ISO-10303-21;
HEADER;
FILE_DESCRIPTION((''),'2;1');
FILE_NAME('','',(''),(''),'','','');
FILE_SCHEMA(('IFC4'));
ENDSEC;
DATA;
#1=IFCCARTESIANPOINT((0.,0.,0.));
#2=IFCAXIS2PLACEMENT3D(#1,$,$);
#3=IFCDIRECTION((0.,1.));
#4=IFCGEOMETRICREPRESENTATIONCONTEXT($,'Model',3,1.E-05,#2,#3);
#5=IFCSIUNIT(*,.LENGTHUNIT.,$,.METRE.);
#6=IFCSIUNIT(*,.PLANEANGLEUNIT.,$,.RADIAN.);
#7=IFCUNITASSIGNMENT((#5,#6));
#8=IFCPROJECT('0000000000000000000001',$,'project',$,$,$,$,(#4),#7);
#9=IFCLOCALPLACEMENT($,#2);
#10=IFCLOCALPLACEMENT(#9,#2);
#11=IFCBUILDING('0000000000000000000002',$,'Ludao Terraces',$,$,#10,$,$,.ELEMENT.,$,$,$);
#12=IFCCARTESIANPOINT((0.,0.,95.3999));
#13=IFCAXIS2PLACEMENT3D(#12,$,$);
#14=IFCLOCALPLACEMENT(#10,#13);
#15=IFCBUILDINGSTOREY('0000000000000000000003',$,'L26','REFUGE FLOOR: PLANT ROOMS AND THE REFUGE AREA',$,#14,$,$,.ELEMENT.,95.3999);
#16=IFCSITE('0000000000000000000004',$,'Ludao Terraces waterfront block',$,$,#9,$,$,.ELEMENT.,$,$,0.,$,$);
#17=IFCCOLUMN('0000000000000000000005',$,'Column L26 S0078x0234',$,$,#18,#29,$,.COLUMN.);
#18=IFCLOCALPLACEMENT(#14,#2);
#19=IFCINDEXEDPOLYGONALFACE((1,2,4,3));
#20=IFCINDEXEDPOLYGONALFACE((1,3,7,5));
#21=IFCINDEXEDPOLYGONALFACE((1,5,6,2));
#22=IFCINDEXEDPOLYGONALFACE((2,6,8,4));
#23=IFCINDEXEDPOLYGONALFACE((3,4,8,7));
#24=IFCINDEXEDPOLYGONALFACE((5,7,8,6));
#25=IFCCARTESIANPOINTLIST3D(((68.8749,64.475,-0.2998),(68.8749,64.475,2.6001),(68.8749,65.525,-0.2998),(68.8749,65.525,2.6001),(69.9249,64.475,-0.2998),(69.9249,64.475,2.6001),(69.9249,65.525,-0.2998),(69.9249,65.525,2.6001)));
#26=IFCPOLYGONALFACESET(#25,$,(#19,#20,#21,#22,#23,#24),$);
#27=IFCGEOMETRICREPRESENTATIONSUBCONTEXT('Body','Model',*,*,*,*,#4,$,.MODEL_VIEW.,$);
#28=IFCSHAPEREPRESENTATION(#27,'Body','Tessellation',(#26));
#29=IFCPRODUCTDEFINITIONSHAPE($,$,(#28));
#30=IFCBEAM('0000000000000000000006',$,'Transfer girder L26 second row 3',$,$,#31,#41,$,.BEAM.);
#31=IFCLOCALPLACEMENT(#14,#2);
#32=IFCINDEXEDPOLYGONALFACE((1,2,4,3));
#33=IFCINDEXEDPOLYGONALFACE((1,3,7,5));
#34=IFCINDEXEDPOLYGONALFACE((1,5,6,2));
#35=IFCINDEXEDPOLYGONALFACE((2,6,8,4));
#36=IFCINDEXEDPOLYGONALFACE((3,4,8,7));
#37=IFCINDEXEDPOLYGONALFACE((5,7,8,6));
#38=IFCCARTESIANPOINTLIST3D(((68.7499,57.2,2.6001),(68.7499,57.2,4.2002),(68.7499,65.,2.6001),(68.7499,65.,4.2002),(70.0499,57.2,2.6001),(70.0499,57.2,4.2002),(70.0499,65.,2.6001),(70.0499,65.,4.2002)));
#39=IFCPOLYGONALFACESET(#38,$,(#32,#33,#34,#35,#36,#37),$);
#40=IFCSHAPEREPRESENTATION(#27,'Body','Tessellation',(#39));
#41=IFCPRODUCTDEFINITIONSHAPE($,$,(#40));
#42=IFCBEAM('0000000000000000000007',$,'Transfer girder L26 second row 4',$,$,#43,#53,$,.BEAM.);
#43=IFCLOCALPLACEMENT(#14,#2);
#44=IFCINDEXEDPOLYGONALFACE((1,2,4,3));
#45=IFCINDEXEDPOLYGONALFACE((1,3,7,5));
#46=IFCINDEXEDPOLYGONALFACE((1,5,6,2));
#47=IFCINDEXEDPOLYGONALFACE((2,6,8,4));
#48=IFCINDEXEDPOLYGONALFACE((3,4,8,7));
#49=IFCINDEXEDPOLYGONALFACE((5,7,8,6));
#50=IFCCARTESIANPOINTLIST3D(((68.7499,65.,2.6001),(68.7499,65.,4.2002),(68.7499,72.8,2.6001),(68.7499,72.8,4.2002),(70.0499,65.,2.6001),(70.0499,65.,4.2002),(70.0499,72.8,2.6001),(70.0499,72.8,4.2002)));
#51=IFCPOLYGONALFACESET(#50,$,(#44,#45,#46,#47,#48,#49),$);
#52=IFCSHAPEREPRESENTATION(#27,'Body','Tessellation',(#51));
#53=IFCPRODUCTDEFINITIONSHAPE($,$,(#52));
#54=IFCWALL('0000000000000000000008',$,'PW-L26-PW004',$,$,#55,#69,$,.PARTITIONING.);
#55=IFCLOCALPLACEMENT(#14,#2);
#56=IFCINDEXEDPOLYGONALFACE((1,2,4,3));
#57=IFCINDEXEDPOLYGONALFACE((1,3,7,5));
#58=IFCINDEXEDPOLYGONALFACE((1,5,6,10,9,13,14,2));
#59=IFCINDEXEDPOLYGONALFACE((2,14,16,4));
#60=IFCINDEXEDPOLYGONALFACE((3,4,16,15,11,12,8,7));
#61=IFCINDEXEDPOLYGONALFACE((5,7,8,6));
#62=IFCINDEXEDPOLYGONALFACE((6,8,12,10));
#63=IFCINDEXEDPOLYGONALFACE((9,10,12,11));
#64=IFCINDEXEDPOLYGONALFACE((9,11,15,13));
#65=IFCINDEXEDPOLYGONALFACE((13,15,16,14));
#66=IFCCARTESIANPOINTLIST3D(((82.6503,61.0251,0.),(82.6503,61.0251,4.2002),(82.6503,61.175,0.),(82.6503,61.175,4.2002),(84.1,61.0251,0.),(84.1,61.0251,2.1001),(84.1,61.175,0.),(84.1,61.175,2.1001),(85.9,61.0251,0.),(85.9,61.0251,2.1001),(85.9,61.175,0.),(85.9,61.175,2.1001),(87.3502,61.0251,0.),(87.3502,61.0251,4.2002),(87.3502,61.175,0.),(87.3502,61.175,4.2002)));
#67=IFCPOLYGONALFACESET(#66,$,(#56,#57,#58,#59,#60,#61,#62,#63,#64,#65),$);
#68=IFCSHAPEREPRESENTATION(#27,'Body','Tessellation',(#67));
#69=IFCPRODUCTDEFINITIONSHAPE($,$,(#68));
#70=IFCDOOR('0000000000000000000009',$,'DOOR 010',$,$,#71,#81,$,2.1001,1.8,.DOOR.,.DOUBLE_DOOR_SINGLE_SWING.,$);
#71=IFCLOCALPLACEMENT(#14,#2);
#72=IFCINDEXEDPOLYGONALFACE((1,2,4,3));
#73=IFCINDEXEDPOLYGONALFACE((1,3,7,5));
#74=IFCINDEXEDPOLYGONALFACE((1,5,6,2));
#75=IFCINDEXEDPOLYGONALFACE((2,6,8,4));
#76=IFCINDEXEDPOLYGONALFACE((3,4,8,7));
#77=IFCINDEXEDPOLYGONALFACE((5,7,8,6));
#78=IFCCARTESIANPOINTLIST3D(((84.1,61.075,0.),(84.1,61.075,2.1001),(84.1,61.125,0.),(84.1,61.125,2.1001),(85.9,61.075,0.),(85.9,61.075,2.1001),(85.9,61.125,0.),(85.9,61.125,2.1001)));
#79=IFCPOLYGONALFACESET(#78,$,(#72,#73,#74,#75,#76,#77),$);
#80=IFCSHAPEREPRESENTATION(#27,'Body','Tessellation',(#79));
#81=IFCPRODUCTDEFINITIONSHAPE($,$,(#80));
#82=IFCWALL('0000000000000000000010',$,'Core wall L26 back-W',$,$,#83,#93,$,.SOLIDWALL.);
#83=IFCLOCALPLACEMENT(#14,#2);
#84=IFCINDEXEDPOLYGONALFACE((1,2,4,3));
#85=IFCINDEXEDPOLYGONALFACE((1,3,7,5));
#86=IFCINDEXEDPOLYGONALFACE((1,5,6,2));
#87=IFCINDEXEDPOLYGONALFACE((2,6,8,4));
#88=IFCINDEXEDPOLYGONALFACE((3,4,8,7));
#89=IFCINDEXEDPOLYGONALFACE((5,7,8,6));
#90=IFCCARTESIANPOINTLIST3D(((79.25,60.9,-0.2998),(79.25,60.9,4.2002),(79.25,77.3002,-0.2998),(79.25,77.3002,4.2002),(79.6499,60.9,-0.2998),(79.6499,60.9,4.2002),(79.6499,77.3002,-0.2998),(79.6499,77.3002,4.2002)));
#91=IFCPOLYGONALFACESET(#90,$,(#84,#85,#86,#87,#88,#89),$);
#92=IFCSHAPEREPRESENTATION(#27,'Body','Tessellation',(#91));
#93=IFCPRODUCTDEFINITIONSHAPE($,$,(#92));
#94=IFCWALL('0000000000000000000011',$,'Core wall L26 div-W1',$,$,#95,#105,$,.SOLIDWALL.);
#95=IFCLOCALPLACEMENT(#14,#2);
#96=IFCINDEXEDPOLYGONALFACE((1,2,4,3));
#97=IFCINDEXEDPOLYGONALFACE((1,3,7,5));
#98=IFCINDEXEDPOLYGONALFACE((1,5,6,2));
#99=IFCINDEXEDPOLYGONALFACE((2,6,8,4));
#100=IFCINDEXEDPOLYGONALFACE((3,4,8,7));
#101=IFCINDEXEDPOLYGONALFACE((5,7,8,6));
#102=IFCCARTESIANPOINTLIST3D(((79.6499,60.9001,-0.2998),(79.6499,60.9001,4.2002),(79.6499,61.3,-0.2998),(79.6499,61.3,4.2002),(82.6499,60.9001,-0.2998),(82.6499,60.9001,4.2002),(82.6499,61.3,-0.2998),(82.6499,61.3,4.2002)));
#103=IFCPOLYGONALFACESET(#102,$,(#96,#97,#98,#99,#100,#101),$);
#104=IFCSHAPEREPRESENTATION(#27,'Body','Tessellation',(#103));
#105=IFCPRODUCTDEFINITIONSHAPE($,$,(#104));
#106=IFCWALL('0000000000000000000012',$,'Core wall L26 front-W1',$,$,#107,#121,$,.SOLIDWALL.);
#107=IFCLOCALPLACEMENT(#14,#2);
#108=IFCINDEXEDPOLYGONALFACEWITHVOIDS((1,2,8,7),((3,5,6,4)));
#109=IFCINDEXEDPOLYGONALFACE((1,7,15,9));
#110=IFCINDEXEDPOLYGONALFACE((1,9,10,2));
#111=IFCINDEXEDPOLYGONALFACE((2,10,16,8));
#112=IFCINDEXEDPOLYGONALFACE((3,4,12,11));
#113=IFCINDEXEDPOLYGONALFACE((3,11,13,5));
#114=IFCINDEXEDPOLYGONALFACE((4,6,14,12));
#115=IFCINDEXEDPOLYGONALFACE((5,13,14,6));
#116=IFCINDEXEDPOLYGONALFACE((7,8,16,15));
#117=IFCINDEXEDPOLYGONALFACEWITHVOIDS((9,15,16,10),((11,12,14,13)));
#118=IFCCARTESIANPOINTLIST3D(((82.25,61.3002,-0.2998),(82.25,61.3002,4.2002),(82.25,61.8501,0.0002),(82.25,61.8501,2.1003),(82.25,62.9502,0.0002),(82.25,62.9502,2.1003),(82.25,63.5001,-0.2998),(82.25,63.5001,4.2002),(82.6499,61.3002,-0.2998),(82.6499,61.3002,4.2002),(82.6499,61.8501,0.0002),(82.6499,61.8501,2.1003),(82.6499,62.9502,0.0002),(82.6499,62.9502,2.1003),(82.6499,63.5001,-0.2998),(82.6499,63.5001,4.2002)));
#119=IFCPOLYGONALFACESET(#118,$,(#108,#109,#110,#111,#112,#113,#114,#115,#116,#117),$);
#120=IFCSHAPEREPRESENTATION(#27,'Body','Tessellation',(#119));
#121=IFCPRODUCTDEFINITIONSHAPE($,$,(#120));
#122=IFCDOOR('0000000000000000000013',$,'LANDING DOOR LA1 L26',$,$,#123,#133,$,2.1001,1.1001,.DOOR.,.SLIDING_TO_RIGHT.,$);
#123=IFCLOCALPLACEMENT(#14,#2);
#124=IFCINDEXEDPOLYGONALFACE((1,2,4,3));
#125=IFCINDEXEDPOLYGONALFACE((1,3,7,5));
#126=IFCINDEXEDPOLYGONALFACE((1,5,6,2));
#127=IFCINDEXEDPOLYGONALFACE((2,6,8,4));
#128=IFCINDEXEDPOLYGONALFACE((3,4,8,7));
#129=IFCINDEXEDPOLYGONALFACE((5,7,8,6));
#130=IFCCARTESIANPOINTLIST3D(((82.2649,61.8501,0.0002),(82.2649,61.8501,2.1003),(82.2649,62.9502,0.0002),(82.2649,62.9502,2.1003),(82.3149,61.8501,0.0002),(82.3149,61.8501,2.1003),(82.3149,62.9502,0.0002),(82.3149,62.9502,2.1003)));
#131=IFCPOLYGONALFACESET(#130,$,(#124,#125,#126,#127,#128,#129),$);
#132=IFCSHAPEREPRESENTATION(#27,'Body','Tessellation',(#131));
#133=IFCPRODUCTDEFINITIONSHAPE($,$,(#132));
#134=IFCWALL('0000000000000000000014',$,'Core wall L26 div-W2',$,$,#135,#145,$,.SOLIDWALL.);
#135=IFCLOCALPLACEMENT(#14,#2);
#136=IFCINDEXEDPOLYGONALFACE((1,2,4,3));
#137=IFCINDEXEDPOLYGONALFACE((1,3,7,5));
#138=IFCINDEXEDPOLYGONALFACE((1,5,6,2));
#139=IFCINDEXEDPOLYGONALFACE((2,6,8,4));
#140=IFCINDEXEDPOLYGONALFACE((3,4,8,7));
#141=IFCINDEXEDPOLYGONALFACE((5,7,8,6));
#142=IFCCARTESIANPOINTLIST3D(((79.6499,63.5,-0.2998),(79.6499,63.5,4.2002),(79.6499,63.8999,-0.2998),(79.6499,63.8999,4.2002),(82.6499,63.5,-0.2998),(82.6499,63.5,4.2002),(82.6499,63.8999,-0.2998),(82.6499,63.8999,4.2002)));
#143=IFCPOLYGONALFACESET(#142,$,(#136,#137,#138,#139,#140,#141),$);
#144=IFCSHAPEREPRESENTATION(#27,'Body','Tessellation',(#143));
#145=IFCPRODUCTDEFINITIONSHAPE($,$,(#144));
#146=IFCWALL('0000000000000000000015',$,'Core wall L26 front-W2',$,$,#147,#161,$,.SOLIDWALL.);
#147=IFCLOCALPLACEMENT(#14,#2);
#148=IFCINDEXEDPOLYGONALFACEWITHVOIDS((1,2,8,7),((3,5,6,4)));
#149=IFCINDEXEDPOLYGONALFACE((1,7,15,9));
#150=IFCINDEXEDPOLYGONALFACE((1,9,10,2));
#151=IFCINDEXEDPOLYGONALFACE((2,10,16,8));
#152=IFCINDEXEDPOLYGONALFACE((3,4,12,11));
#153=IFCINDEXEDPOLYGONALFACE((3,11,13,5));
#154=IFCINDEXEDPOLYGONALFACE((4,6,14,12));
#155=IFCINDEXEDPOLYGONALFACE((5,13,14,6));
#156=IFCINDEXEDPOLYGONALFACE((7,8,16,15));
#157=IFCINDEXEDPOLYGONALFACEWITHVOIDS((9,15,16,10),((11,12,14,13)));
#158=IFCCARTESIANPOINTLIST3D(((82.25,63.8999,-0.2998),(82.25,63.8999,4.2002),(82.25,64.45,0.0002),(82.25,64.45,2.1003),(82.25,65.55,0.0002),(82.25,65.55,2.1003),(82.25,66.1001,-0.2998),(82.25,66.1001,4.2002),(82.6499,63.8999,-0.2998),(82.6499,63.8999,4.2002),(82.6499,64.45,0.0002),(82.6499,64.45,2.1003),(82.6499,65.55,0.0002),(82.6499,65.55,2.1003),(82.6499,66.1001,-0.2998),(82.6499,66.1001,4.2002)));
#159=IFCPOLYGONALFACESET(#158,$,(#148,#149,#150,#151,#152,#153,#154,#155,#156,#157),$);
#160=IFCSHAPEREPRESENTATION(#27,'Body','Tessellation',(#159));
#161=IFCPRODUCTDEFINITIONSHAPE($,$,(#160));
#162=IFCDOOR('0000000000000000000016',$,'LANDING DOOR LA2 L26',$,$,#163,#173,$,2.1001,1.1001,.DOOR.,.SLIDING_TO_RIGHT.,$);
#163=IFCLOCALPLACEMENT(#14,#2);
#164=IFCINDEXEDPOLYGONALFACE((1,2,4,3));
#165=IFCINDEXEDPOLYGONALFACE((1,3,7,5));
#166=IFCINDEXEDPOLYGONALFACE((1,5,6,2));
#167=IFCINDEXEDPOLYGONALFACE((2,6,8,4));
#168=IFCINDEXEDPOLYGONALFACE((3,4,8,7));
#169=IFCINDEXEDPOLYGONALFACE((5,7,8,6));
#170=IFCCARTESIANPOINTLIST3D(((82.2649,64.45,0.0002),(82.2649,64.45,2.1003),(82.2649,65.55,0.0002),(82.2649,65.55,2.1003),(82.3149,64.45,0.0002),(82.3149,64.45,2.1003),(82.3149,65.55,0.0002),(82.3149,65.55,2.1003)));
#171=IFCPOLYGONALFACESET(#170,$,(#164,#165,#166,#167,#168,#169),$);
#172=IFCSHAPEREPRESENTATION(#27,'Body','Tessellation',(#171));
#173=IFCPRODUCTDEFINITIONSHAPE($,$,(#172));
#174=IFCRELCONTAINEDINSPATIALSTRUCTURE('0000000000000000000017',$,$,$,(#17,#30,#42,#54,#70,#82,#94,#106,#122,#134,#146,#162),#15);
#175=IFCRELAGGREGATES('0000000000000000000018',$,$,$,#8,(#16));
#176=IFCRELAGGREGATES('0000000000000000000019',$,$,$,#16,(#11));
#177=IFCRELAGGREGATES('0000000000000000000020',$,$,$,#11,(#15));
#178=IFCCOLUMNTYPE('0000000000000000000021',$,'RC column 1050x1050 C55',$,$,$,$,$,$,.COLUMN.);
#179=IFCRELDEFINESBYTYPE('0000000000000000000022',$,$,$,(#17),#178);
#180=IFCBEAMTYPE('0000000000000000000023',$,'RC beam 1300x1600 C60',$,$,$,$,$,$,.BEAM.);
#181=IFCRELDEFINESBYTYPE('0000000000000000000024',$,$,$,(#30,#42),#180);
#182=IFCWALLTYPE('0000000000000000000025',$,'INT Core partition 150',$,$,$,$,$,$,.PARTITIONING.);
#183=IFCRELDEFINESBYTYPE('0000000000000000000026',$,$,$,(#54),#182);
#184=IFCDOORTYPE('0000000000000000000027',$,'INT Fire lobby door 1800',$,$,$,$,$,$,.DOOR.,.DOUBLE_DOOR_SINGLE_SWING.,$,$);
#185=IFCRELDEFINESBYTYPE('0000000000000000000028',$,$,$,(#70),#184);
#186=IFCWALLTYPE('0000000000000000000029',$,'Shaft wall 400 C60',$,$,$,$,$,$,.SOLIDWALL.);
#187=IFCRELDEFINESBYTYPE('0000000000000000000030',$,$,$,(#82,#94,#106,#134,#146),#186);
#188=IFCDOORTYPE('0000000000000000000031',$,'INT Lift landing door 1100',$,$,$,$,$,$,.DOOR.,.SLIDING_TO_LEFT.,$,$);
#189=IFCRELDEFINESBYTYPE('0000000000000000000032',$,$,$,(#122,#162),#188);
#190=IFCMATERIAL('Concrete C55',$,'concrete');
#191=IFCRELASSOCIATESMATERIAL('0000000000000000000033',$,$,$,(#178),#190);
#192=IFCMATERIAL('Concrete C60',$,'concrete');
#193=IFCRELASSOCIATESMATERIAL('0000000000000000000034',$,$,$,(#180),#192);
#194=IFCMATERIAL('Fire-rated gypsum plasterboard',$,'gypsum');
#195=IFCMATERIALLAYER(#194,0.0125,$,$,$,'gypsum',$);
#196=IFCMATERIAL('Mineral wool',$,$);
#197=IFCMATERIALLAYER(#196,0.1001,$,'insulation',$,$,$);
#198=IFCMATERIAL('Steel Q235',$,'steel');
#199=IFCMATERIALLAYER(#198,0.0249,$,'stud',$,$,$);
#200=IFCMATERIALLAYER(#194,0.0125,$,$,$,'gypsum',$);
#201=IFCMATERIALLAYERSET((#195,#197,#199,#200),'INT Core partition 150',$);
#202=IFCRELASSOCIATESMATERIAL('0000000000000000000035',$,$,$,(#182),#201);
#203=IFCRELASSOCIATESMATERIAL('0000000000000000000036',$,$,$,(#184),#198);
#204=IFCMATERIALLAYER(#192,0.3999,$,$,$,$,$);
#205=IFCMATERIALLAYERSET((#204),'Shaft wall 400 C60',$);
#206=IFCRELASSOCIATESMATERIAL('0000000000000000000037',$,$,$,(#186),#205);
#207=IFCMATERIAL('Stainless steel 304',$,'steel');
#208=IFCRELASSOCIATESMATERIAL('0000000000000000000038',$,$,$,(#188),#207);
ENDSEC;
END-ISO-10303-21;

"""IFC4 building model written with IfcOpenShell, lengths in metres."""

from ifc_helpers import new_model, si_unit, direction, frame, frame_2d, origin, origin_2d, place, context, subcontext, project, spatial, rectangle, extrude, material, layer, layer_set, material_profile, profile_set, type_object, element, fill, save


model = new_model("IFC4")

# Units and contexts
model_context = context("Model", 3, precision=1e-05, world=origin(), true_north=direction((0.0, 1.0)))
body_context = subcontext(model_context, "Body", "Model", "MODEL_VIEW")
ifc_project = project(units=[si_unit("LENGTHUNIT", "METRE"), si_unit("PLANEANGLEUNIT", "RADIAN")], contexts=[model_context])

# Site, building, storey
site_placement = place(None, origin())
site = spatial("IfcSite", under=ifc_project, at=site_placement, Name="Ludao Terraces waterfront block", CompositionType="ELEMENT", RefElevation=0.0)
building_placement = place(site_placement, origin())
building = spatial("IfcBuilding", under=site, at=building_placement, Name="Ludao Terraces", CompositionType="ELEMENT")
storey_placement = place(building_placement, frame((0.0, 0.0, 95.3999)))
storey = spatial("IfcBuildingStorey", under=building, at=storey_placement, Name="L26", Description="REFUGE FLOOR: PLANT ROOMS AND THE REFUGE AREA", CompositionType="ELEMENT", Elevation=95.3999)

# Column
ifc_material_1 = material(Name="Concrete C55", Category="concrete")
ifc_material_profile_1 = material_profile(ifc_material_1, rectangle(XDim=1.05, YDim=1.05, at=origin_2d()), Name="1050 X 1050")
ifc_profile_set_1 = profile_set([ifc_material_profile_1], Name="Concrete C55")
column_type = type_object("IfcColumnType", Name="RC column 1050x1050 C55", PredefinedType="COLUMN", material=ifc_profile_set_1)
column_placement = place(storey_placement, frame((69.3999, 65.0, -0.2998), z_axis=(0.0, 0.0, 1.0), x_axis=(1.0, 0.0, 0.0)))
element("IfcColumn", 1, at=column_placement, inside=storey, type_object=column_type, Name="Column L26 S0078x0234", PredefinedType="COLUMN", context=body_context, shape_type="SweptSolid", body=[
    extrude(rectangle(XDim=1.05, YDim=1.05, at=origin_2d()), origin(), (0.0, 0.0, 1.0), 2.8999),
])

# Beams
ifc_material_2 = material(Name="Concrete C60", Category="concrete")
ifc_material_profile_2 = material_profile(ifc_material_2, rectangle(XDim=1.3, YDim=1.6001, at=origin_2d()), Name="1300 X 1600")
ifc_profile_set_2 = profile_set([ifc_material_profile_2], Name="Concrete C60")
beam_type = type_object("IfcBeamType", Name="RC beam 1300x1600 C60", PredefinedType="BEAM", material=ifc_profile_set_2)
for number, where, z_axis, x_axis, name in (
    (2, (69.3999, 57.2, 3.4001), (0.0, 1.0, 0.0), (-1.0, 0.0, 0.0), "Transfer girder L26 second row 3"),
    (3, (69.3999, 65.0, 3.4001), (0.0, 1.0, 0.0), (-1.0, 0.0, 0.0), "Transfer girder L26 second row 4"),
):
    element("IfcBeam", number, at=place(storey_placement, frame(where, z_axis=z_axis, x_axis=x_axis)), inside=storey, type_object=beam_type, Name=name, PredefinedType="BEAM", context=body_context, shape_type="SweptSolid", body=[
        extrude(rectangle(XDim=1.3, YDim=1.6001, at=origin_2d()), origin(), (0.0, 0.0, 1.0), 7.8),
    ])

# Wall, opening, door
ifc_material_3 = material(Name="Fire-rated gypsum plasterboard", Category="gypsum")
ifc_layer_1 = layer(ifc_material_3, 0.0125, Category="gypsum")
ifc_material_4 = material(Name="Mineral wool")
ifc_layer_2 = layer(ifc_material_4, 0.1001, Name="insulation")
ifc_material_5 = material(Name="Steel Q235", Category="steel")
ifc_layer_3 = layer(ifc_material_5, 0.0249, Name="stud")
ifc_layer_4 = layer(ifc_material_3, 0.0125, Category="gypsum")
ifc_layer_set_1 = layer_set([ifc_layer_1, ifc_layer_2, ifc_layer_3, ifc_layer_4], Name="INT Core partition 150")
wall_type_1 = type_object("IfcWallType", Name="INT Core partition 150", PredefinedType="PARTITIONING", material=ifc_layer_set_1)
wall_1_placement = place(storey_placement, frame((82.6501, 61.1001, 0.0), z_axis=(0.0, 0.0, 1.0), x_axis=(1.0, 0.0, 0.0)))
wall_1 = element("IfcWall", 4, at=wall_1_placement, inside=storey, type_object=wall_type_1, Name="PW-L26-PW004", PredefinedType="PARTITIONING", context=body_context, shape_type="SweptSolid", body=[
    extrude(rectangle(XDim=4.7, YDim=0.1499, at=frame_2d((2.3501, 0.0))), origin(), (0.0, 0.0, 1.0), 4.2002),
])
opening_1_placement = place(wall_1_placement, frame((1.45, 0.0, 0.0)))
opening_1 = element("IfcOpeningElement", 5, at=opening_1_placement, cuts=wall_1, PredefinedType="OPENING", context=body_context, shape_type="SweptSolid", body=[
    extrude(rectangle(XDim=1.8, YDim=2.1001, at=frame_2d((0.8999, 1.05))), frame((0.0, 0.085, 0.0), z_axis=(0.0, -1.0, 0.0), x_axis=(1.0, 0.0, 0.0)), (0.0, 0.0, 1.0), 0.1699),
])
door_type_1 = type_object("IfcDoorType", Name="INT Fire lobby door 1800", OperationType="DOUBLE_DOOR_SINGLE_SWING", PredefinedType="DOOR", material=ifc_material_5)
door_1_placement = place(opening_1_placement, origin())
door_1 = element("IfcDoor", 6, at=door_1_placement, inside=storey, type_object=door_type_1, Name="DOOR 010", OperationType="DOUBLE_DOOR_SINGLE_SWING", OverallHeight=2.1001, OverallWidth=1.8, PredefinedType="DOOR", context=body_context, shape_type="SweptSolid", body=[
    extrude(rectangle(XDim=1.8, YDim=2.1001, at=frame_2d((0.8999, 1.05))), frame((0.0, 0.0249, 0.0), z_axis=(0.0, -1.0, 0.0), x_axis=(1.0, 0.0, 0.0)), (0.0, 0.0, 1.0), 0.05),
])
fill(opening_1, door_1)

# Walls
ifc_layer_5 = layer(ifc_material_2, 0.3999)
ifc_layer_set_2 = layer_set([ifc_layer_5], Name="Shaft wall 400 C60")
wall_type_2 = type_object("IfcWallType", Name="Shaft wall 400 C60", PredefinedType="SOLIDWALL", material=ifc_layer_set_2)
wall_2_placement = place(storey_placement, frame((79.45, 60.8999, -0.2998), z_axis=(0.0, 0.0, 1.0), x_axis=(0.0, 1.0, 0.0)))
element("IfcWall", 7, at=wall_2_placement, inside=storey, type_object=wall_type_2, Name="Core wall L26 back-W", PredefinedType="SOLIDWALL", context=body_context, shape_type="SweptSolid", body=[
    extrude(rectangle(XDim=16.4001, YDim=0.3999, at=frame_2d((8.2002, 0.0))), origin(), (0.0, 0.0, 1.0), 4.5),
])
wall_3_placement = place(storey_placement, frame((79.6499, 61.1001, -0.2998), z_axis=(0.0, 0.0, 1.0), x_axis=(1.0, 0.0, 0.0)))
element("IfcWall", 8, at=wall_3_placement, inside=storey, type_object=wall_type_2, Name="Core wall L26 div-W1", PredefinedType="SOLIDWALL", context=body_context, shape_type="SweptSolid", body=[
    extrude(rectangle(XDim=3.0, YDim=0.3999, at=frame_2d((1.5, 0.0))), origin(), (0.0, 0.0, 1.0), 4.5),
])

# Wall, opening, door
wall_4_placement = place(storey_placement, frame((82.45, 61.3, -0.2998), z_axis=(0.0, 0.0, 1.0), x_axis=(0.0, 1.0, 0.0)))
wall_4 = element("IfcWall", 9, at=wall_4_placement, inside=storey, type_object=wall_type_2, Name="Core wall L26 front-W1", PredefinedType="SOLIDWALL", context=body_context, shape_type="SweptSolid", body=[
    extrude(rectangle(XDim=2.2, YDim=0.3999, at=frame_2d((1.1001, 0.0))), origin(), (0.0, 0.0, 1.0), 4.5),
])
opening_2_placement = place(wall_4_placement, frame((0.55, 0.0, 0.3)))
opening_2 = element("IfcOpeningElement", 10, at=opening_2_placement, cuts=wall_4, PredefinedType="OPENING", context=body_context, shape_type="SweptSolid", body=[
    extrude(rectangle(XDim=1.1001, YDim=2.1001, at=frame_2d((0.55, 1.05))), frame((0.0, 0.21, 0.0), z_axis=(0.0, -1.0, 0.0), x_axis=(1.0, 0.0, 0.0)), (0.0, 0.0, 1.0), 0.4199),
])
ifc_material_6 = material(Name="Stainless steel 304", Category="steel")
door_type_2 = type_object("IfcDoorType", Name="INT Lift landing door 1100", OperationType="SLIDING_TO_LEFT", PredefinedType="DOOR", material=ifc_material_6)
door_2_placement = place(opening_2_placement, origin())
door_2 = element("IfcDoor", 11, at=door_2_placement, inside=storey, type_object=door_type_2, Name="LANDING DOOR LA1 L26", OperationType="SLIDING_TO_RIGHT", OverallHeight=2.1001, OverallWidth=1.1001, PredefinedType="DOOR", context=body_context, shape_type="SweptSolid", body=[
    extrude(rectangle(XDim=1.1001, YDim=2.1001, at=frame_2d((0.55, 1.05))), frame((0.0, 0.1851, 0.0), z_axis=(0.0, -1.0, 0.0), x_axis=(1.0, 0.0, 0.0)), (0.0, 0.0, 1.0), 0.05),
])
fill(opening_2, door_2)

# Wall
wall_5_placement = place(storey_placement, frame((79.6499, 63.7, -0.2998), z_axis=(0.0, 0.0, 1.0), x_axis=(1.0, 0.0, 0.0)))
element("IfcWall", 12, at=wall_5_placement, inside=storey, type_object=wall_type_2, Name="Core wall L26 div-W2", PredefinedType="SOLIDWALL", context=body_context, shape_type="SweptSolid", body=[
    extrude(rectangle(XDim=3.0, YDim=0.3999, at=frame_2d((1.5, 0.0))), origin(), (0.0, 0.0, 1.0), 4.5),
])

# Wall, opening, door
wall_6_placement = place(storey_placement, frame((82.45, 63.8999, -0.2998), z_axis=(0.0, 0.0, 1.0), x_axis=(0.0, 1.0, 0.0)))
wall_6 = element("IfcWall", 13, at=wall_6_placement, inside=storey, type_object=wall_type_2, Name="Core wall L26 front-W2", PredefinedType="SOLIDWALL", context=body_context, shape_type="SweptSolid", body=[
    extrude(rectangle(XDim=2.2002, YDim=0.3999, at=frame_2d((1.1001, 0.0))), origin(), (0.0, 0.0, 1.0), 4.5),
])
opening_3_placement = place(wall_6_placement, frame((0.55, 0.0, 0.3)))
opening_3 = element("IfcOpeningElement", 14, at=opening_3_placement, cuts=wall_6, PredefinedType="OPENING", context=body_context, shape_type="SweptSolid", body=[
    extrude(rectangle(XDim=1.1001, YDim=2.1001, at=frame_2d((0.55, 1.05))), frame((0.0, 0.21, 0.0), z_axis=(0.0, -1.0, 0.0), x_axis=(1.0, 0.0, 0.0)), (0.0, 0.0, 1.0), 0.4199),
])
door_3_placement = place(opening_3_placement, origin())
door_3 = element("IfcDoor", 15, at=door_3_placement, inside=storey, type_object=door_type_2, Name="LANDING DOOR LA2 L26", OperationType="SLIDING_TO_RIGHT", OverallHeight=2.1001, OverallWidth=1.1001, PredefinedType="DOOR", context=body_context, shape_type="SweptSolid", body=[
    extrude(rectangle(XDim=1.1001, YDim=2.1001, at=frame_2d((0.55, 1.05))), frame((0.0, 0.1851, 0.0), z_axis=(0.0, -1.0, 0.0), x_axis=(1.0, 0.0, 0.0)), (0.0, 0.0, 1.0), 0.05),
])
fill(opening_3, door_3)

save(model, "model.ifc")
